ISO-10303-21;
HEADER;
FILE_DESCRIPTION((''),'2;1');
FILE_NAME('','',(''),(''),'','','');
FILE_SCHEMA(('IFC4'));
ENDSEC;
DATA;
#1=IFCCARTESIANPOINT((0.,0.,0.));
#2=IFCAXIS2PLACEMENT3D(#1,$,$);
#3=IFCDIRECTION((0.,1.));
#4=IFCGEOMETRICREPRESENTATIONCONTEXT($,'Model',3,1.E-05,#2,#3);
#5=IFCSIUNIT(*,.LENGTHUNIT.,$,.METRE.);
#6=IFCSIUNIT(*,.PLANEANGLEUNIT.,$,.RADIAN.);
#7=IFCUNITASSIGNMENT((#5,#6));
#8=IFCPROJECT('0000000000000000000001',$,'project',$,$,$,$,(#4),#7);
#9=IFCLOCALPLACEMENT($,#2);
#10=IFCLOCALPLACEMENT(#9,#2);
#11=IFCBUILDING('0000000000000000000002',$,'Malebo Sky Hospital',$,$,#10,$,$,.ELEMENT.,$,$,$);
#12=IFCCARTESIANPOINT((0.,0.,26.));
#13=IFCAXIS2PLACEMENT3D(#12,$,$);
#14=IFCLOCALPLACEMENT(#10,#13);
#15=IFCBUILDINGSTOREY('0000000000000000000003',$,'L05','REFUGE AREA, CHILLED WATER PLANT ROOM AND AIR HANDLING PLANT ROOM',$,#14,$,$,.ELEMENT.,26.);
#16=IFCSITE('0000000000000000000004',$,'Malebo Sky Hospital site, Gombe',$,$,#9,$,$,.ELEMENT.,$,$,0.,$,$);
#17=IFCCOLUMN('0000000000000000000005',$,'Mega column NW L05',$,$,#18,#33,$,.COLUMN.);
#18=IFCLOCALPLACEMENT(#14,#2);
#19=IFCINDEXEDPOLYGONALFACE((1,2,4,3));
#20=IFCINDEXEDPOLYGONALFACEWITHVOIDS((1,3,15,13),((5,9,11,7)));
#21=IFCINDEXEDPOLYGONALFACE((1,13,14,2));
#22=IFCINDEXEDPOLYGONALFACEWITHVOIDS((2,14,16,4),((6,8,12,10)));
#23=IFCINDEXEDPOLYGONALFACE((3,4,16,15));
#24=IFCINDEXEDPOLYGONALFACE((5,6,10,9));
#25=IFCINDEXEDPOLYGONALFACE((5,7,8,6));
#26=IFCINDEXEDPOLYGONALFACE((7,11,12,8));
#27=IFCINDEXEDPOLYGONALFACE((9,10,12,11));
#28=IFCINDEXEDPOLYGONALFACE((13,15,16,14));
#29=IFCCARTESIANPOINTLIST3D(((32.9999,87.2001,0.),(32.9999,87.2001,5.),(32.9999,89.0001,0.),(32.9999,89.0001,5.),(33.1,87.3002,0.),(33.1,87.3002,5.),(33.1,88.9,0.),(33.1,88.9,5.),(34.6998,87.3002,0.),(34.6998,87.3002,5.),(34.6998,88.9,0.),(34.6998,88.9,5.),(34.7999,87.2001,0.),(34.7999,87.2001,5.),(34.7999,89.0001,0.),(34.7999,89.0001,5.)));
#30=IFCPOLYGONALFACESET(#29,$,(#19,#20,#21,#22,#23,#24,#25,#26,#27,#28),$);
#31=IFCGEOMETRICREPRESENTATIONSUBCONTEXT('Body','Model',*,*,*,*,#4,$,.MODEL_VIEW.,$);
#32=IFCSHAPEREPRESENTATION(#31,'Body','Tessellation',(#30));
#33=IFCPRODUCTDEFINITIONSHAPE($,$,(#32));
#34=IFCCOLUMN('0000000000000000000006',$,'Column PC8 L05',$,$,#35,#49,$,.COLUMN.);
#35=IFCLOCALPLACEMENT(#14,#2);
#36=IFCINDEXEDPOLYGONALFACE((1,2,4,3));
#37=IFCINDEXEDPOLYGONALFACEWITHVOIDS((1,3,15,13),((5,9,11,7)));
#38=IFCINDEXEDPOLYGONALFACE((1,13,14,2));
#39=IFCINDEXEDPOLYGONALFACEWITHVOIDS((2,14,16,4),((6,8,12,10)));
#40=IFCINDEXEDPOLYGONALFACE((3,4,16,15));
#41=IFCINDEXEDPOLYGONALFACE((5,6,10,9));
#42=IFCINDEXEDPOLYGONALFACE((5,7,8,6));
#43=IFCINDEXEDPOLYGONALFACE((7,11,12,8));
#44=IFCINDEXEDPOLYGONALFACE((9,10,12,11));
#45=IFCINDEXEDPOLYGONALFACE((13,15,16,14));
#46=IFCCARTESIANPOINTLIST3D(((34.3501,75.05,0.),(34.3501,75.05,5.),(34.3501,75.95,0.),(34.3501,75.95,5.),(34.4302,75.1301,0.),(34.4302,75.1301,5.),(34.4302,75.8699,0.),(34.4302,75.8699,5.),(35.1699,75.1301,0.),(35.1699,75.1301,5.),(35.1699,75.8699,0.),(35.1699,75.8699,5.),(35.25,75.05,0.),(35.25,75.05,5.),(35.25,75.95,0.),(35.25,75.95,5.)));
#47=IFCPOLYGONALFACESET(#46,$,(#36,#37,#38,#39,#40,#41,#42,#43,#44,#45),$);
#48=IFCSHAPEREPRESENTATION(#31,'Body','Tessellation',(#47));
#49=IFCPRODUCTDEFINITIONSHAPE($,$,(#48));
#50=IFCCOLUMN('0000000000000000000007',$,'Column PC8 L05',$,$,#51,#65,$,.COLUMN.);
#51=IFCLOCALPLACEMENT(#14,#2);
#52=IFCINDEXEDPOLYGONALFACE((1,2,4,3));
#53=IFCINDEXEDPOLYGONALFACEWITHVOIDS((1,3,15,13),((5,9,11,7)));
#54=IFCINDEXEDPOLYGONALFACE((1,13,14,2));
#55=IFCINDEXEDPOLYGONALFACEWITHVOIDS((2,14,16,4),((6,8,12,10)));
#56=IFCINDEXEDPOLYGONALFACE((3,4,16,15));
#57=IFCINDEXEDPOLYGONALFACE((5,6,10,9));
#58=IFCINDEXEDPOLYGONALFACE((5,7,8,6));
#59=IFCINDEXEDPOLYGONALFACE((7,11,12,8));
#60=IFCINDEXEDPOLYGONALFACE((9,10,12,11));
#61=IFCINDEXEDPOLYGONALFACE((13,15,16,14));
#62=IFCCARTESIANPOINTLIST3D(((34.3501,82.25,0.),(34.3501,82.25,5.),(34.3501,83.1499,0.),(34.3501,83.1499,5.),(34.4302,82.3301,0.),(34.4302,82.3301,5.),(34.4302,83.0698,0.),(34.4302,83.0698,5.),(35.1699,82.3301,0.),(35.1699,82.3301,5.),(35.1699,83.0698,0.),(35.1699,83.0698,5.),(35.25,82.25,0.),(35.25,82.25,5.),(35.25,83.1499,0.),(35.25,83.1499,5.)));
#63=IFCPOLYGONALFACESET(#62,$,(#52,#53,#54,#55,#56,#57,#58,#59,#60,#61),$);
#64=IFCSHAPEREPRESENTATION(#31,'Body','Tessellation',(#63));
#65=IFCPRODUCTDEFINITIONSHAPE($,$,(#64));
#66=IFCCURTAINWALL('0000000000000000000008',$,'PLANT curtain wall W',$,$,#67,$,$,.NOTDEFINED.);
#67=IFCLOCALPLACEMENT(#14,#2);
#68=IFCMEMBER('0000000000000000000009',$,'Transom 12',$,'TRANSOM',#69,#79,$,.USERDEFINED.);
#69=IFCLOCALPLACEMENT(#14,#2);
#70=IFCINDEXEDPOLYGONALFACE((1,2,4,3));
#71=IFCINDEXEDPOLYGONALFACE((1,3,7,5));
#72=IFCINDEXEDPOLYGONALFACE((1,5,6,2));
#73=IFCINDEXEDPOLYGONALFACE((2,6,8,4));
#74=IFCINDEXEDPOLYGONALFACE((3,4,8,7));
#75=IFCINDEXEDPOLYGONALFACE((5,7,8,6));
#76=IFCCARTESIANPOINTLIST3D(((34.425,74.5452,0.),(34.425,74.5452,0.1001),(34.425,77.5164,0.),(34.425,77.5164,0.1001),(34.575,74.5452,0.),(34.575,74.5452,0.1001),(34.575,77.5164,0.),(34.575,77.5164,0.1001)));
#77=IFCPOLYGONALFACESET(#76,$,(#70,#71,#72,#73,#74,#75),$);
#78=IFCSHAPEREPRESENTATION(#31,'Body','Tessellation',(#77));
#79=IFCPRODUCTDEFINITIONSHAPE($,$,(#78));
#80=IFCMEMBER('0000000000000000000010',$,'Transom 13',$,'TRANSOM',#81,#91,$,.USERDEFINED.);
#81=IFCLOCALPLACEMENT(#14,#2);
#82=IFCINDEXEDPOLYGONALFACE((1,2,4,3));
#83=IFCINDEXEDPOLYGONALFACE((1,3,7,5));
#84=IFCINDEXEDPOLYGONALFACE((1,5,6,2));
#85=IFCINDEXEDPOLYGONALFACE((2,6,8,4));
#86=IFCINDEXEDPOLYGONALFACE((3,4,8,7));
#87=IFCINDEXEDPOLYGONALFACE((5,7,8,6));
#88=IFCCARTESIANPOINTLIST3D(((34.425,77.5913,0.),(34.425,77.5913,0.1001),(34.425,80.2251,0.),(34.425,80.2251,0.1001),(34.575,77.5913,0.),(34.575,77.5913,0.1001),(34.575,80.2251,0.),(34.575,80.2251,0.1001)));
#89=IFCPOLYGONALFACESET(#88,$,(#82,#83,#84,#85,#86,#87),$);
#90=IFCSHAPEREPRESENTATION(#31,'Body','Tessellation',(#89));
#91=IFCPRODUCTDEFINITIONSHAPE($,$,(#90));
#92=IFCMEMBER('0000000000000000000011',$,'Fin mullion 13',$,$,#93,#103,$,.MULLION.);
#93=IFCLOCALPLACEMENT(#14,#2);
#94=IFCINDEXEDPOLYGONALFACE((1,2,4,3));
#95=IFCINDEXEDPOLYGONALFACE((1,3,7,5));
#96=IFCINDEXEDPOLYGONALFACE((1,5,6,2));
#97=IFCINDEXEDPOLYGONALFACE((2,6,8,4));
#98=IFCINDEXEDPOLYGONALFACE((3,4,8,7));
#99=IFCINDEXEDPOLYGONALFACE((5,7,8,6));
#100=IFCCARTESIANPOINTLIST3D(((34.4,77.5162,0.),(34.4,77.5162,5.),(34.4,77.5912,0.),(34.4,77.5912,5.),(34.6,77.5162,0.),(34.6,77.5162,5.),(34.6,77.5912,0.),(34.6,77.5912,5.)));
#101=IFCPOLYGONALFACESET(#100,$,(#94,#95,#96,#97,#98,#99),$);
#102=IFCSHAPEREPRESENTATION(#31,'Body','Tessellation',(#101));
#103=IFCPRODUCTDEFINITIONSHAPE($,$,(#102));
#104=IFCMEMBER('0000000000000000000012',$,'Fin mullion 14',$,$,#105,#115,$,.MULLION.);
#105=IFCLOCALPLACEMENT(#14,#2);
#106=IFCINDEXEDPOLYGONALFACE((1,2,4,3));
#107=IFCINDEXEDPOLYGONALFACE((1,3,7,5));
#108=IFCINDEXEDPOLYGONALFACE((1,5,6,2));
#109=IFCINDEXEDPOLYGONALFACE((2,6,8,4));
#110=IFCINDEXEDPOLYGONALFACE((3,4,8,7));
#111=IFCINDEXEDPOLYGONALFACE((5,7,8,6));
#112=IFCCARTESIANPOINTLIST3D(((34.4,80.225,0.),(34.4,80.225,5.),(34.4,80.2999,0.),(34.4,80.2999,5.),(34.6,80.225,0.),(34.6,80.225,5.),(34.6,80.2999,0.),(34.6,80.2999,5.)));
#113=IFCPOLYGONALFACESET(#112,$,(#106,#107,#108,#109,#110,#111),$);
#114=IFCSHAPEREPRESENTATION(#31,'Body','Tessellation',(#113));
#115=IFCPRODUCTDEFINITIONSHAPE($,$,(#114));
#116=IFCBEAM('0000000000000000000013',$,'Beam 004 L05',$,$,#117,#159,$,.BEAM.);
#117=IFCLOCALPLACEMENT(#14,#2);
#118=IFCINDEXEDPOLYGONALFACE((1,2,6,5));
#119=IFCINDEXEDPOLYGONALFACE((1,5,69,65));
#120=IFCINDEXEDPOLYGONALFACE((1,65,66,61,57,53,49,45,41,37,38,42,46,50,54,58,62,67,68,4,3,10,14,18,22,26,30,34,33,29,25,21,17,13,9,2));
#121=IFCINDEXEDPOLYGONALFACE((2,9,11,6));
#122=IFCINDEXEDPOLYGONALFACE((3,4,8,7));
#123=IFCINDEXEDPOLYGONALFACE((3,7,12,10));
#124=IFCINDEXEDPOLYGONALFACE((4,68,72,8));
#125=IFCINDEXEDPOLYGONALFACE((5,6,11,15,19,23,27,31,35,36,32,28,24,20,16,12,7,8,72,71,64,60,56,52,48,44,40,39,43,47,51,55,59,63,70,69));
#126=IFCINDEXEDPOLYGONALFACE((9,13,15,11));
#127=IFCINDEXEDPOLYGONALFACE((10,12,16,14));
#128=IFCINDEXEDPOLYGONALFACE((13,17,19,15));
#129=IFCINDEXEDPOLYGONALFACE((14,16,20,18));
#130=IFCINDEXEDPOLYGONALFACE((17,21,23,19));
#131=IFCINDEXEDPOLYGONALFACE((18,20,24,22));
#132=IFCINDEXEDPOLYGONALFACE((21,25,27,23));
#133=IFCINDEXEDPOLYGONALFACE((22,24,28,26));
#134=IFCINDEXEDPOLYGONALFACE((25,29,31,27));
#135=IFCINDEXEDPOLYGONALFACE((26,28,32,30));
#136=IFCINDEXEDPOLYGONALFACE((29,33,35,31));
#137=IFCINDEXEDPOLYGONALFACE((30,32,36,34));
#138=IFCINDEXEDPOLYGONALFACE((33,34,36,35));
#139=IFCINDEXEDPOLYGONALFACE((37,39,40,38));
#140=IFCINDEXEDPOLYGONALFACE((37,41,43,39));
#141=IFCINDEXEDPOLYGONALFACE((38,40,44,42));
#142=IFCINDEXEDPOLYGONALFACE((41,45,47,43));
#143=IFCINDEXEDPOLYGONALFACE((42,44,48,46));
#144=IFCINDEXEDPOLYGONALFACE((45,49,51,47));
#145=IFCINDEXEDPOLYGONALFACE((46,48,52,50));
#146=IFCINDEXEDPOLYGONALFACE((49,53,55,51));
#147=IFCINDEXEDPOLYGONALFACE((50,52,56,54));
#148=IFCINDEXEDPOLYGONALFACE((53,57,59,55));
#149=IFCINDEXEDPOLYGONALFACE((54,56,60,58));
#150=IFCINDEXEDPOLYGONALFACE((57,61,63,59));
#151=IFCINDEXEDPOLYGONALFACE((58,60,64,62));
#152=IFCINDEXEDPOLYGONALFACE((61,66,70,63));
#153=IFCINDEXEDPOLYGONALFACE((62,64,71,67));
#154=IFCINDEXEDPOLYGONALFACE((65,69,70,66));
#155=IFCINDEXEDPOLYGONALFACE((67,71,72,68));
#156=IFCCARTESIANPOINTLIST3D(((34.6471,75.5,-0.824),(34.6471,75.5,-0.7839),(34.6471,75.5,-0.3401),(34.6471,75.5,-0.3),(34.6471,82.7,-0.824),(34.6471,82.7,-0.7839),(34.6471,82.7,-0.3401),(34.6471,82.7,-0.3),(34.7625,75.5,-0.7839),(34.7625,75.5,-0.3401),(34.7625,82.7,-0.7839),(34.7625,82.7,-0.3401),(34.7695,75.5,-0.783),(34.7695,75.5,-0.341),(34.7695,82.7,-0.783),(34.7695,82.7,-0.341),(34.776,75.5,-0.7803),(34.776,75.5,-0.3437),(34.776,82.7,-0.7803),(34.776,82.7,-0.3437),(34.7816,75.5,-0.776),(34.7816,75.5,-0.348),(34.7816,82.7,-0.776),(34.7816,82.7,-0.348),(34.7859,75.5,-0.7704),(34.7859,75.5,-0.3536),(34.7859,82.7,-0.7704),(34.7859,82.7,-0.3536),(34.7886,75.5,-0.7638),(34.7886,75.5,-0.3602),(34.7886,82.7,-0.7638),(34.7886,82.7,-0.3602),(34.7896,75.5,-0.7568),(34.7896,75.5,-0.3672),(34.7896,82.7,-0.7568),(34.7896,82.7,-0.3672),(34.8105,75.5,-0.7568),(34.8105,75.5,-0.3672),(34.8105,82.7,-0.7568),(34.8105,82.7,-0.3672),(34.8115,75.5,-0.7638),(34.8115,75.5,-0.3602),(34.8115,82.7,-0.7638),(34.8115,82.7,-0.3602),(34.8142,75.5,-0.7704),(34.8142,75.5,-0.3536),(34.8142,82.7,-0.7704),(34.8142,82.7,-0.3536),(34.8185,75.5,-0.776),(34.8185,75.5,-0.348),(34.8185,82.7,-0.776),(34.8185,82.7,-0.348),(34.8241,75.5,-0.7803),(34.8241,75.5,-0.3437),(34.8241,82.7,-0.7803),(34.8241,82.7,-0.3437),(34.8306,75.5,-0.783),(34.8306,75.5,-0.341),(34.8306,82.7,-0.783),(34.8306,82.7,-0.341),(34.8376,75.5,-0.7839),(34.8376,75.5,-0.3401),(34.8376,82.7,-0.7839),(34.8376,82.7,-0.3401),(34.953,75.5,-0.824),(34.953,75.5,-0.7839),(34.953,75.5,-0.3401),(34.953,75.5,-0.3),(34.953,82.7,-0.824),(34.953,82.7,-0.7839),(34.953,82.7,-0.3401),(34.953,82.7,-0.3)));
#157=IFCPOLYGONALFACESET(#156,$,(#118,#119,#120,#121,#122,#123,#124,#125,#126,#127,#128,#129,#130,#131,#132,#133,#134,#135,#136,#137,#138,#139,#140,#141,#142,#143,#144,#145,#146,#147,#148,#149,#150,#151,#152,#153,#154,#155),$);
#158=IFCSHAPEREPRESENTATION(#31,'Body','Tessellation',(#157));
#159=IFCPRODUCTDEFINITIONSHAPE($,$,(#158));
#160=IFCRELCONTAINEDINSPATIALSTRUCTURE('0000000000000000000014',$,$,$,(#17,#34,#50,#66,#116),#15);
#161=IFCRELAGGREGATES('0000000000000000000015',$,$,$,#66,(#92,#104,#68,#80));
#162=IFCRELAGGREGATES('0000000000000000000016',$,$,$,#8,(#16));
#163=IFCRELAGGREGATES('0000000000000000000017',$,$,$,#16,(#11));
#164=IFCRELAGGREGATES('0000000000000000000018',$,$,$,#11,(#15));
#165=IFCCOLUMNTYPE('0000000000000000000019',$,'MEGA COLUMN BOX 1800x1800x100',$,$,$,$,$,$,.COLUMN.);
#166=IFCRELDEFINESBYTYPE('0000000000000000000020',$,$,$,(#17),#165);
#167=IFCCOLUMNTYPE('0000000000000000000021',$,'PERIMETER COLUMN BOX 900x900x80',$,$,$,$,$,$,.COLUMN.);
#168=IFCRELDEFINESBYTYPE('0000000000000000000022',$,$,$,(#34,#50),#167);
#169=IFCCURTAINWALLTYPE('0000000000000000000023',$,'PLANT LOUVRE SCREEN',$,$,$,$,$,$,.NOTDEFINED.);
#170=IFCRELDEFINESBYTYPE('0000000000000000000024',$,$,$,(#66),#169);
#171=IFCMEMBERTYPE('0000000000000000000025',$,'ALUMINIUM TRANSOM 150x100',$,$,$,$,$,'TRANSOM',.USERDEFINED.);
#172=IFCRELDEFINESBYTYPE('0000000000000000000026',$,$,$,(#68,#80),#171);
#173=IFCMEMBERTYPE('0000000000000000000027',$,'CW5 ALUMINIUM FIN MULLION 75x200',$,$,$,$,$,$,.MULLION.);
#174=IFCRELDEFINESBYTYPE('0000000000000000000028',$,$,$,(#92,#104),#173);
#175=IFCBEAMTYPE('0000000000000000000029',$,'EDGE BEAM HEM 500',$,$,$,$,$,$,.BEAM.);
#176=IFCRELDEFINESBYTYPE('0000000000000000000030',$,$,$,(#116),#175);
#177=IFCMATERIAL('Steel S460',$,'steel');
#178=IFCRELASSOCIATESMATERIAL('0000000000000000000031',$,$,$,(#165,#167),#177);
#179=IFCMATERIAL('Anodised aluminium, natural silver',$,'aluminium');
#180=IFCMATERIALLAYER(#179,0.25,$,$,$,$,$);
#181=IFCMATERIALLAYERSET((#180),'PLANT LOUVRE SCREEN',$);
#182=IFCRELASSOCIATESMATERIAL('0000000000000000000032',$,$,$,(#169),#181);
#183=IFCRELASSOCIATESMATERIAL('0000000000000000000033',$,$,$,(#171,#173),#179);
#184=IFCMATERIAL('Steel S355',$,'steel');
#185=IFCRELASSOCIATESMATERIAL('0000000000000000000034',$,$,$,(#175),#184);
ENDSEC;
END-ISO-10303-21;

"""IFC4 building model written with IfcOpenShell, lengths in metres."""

from ifc_helpers import new_model, si_unit, direction, frame, origin, origin_2d, place, context, subcontext, project, spatial, rectangle, hollow_rectangle, i_section, extrude, material, layer, layer_set, material_profile, profile_set, type_object, element, aggregate, save


model = new_model("IFC4")

# Units and contexts
model_context = context("Model", 3, precision=1e-05, world=origin(), true_north=direction((0.0, 1.0)))
body_context = subcontext(model_context, "Body", "Model", "MODEL_VIEW")
ifc_project = project(units=[si_unit("LENGTHUNIT", "METRE"), si_unit("PLANEANGLEUNIT", "RADIAN")], contexts=[model_context])

# Site, building, storey
site_placement = place(None, origin())
site = spatial("IfcSite", under=ifc_project, at=site_placement, Name="Malebo Sky Hospital site, Gombe", CompositionType="ELEMENT", RefElevation=0.0)
building_placement = place(site_placement, origin())
building = spatial("IfcBuilding", under=site, at=building_placement, Name="Malebo Sky Hospital", CompositionType="ELEMENT")
storey_placement = place(building_placement, frame((0.0, 0.0, 26.0)))
storey = spatial("IfcBuildingStorey", under=building, at=storey_placement, Name="L05", Description="REFUGE AREA, CHILLED WATER PLANT ROOM AND AIR HANDLING PLANT ROOM", CompositionType="ELEMENT", Elevation=26.0)

# Columns
ifc_material_1 = material(Name="Steel S460", Category="steel")
ifc_material_profile_1 = material_profile(ifc_material_1, hollow_rectangle(XDim=1.8, YDim=1.8, WallThickness=0.1001, at=origin_2d()), Name="BOX 1800x1800x100")
ifc_profile_set_1 = profile_set([ifc_material_profile_1], Name="Steel S460")
column_type_1 = type_object("IfcColumnType", Name="MEGA COLUMN BOX 1800x1800x100", PredefinedType="COLUMN", material=ifc_profile_set_1)
column_placement = place(storey_placement, frame((33.8999, 88.1001, 0.0), z_axis=(0.0, 0.0, 1.0), x_axis=(1.0, 0.0, 0.0)))
element("IfcColumn", 1, at=column_placement, inside=storey, type_object=column_type_1, Name="Mega column NW L05", PredefinedType="COLUMN", context=body_context, shape_type="SweptSolid", body=[
    extrude(hollow_rectangle(XDim=1.8, YDim=1.8, WallThickness=0.1001, at=origin_2d()), origin(), (0.0, 0.0, 1.0), 5.0),
])
ifc_material_profile_2 = material_profile(ifc_material_1, hollow_rectangle(XDim=0.8999, YDim=0.8999, WallThickness=0.0801, at=origin_2d()), Name="BOX 900x900x80")
ifc_profile_set_2 = profile_set([ifc_material_profile_2], Name="Steel S460")
column_type_2 = type_object("IfcColumnType", Name="PERIMETER COLUMN BOX 900x900x80", PredefinedType="COLUMN", material=ifc_profile_set_2)
for number, where, z_axis, x_axis, name in (
    (2, (34.8, 75.5, 0.0), (0.0, 0.0, 1.0), (1.0, 0.0, 0.0), "Column PC8 L05"),
    (3, (34.8, 82.7, 0.0), (0.0, 0.0, 1.0), (1.0, 0.0, 0.0), "Column PC8 L05"),
):
    element("IfcColumn", number, at=place(storey_placement, frame(where, z_axis=z_axis, x_axis=x_axis)), inside=storey, type_object=column_type_2, Name=name, PredefinedType="COLUMN", context=body_context, shape_type="SweptSolid", body=[
        extrude(hollow_rectangle(XDim=0.8999, YDim=0.8999, WallThickness=0.0801, at=origin_2d()), origin(), (0.0, 0.0, 1.0), 5.0),
    ])

# Curtain wall, members
ifc_material_2 = material(Name="Anodised aluminium, natural silver", Category="aluminium")
ifc_layer_1 = layer(ifc_material_2, 0.25)
ifc_layer_set_1 = layer_set([ifc_layer_1], Name="PLANT LOUVRE SCREEN")
curtain_wall_type = type_object("IfcCurtainWallType", Name="PLANT LOUVRE SCREEN", PredefinedType="NOTDEFINED", material=ifc_layer_set_1)
curtain_wall_placement = place(storey_placement, origin())
curtain_wall = element("IfcCurtainWall", 4, at=curtain_wall_placement, inside=storey, type_object=curtain_wall_type, Name="PLANT curtain wall W", PredefinedType="NOTDEFINED")
ifc_material_profile_3 = material_profile(ifc_material_2, rectangle(XDim=0.1499, YDim=0.1001, at=origin_2d()), Name="ALUMINIUM TRANSOM 150x100")
ifc_profile_set_3 = profile_set([ifc_material_profile_3], Name="Anodised aluminium, natural silver")
member_type_1 = type_object("IfcMemberType", Name="ALUMINIUM TRANSOM 150x100", ElementType="TRANSOM", PredefinedType="USERDEFINED", material=ifc_profile_set_3)
member_1_placement = place(storey_placement, frame((34.5, 74.5452, 0.05), z_axis=(0.0, 1.0, 0.0), x_axis=(-1.0, 0.0, 0.0)))
member_1 = element("IfcMember", 5, at=member_1_placement, type_object=member_type_1, Name="Transom 12", ObjectType="TRANSOM", PredefinedType="USERDEFINED", context=body_context, shape_type="SweptSolid", body=[
    extrude(rectangle(XDim=0.1499, YDim=0.1001, at=origin_2d()), origin(), (0.0, 0.0, 1.0), 2.9712),
])
member_2_placement = place(storey_placement, frame((34.5, 77.5913, 0.05), z_axis=(0.0, 1.0, 0.0), x_axis=(-1.0, 0.0, 0.0)))
member_2 = element("IfcMember", 6, at=member_2_placement, type_object=member_type_1, Name="Transom 13", ObjectType="TRANSOM", PredefinedType="USERDEFINED", context=body_context, shape_type="SweptSolid", body=[
    extrude(rectangle(XDim=0.1499, YDim=0.1001, at=origin_2d()), origin(), (0.0, 0.0, 1.0), 2.6338),
])
ifc_material_profile_4 = material_profile(ifc_material_2, rectangle(XDim=0.075, YDim=0.2, at=origin_2d()), Name="CW5 ALUMINIUM FIN MULLION 75x200")
ifc_profile_set_4 = profile_set([ifc_material_profile_4], Name="Anodised aluminium, natural silver")
member_type_2 = type_object("IfcMemberType", Name="CW5 ALUMINIUM FIN MULLION 75x200", PredefinedType="MULLION", material=ifc_profile_set_4)
member_3_placement = place(storey_placement, frame((34.5, 77.5537, 0.0), z_axis=(0.0, 0.0, 1.0), x_axis=(0.0, 1.0, 0.0)))
member_3 = element("IfcMember", 7, at=member_3_placement, type_object=member_type_2, Name="Fin mullion 13", PredefinedType="MULLION", context=body_context, shape_type="SweptSolid", body=[
    extrude(rectangle(XDim=0.075, YDim=0.2, at=origin_2d()), origin(), (0.0, 0.0, 1.0), 5.0),
])
member_4_placement = place(storey_placement, frame((34.5, 80.2625, 0.0), z_axis=(0.0, 0.0, 1.0), x_axis=(0.0, 1.0, 0.0)))
member_4 = element("IfcMember", 8, at=member_4_placement, type_object=member_type_2, Name="Fin mullion 14", PredefinedType="MULLION", context=body_context, shape_type="SweptSolid", body=[
    extrude(rectangle(XDim=0.075, YDim=0.2, at=origin_2d()), origin(), (0.0, 0.0, 1.0), 5.0),
])

# Beam
ifc_material_3 = material(Name="Steel S355", Category="steel")
ifc_material_profile_5 = material_profile(ifc_material_3, i_section(OverallWidth=0.3059, OverallDepth=0.5239, WebThickness=0.021, FlangeThickness=0.04, FilletRadius=0.0271, at=origin_2d()), Name="HEM 500")
ifc_profile_set_5 = profile_set([ifc_material_profile_5], Name="Steel S355")
beam_type_1 = type_object("IfcBeamType", Name="EDGE BEAM HEM 500", PredefinedType="BEAM", material=ifc_profile_set_5)
beam_1_placement = place(storey_placement, frame((34.8, 75.5, -0.562), z_axis=(0.0, 1.0, 0.0), x_axis=(-1.0, 0.0, 0.0)))
element("IfcBeam", 9, at=beam_1_placement, inside=storey, type_object=beam_type_1, Name="Beam 004 L05", PredefinedType="BEAM", context=body_context, shape_type="SweptSolid", body=[
    extrude(i_section(OverallWidth=0.3059, OverallDepth=0.5239, WebThickness=0.021, FlangeThickness=0.04, FilletRadius=0.0271, at=origin_2d()), origin(), (0.0, 0.0, 1.0), 7.2),
])

aggregate(curtain_wall, [member_3, member_4, member_1, member_2])

save(model, "model.ifc")
